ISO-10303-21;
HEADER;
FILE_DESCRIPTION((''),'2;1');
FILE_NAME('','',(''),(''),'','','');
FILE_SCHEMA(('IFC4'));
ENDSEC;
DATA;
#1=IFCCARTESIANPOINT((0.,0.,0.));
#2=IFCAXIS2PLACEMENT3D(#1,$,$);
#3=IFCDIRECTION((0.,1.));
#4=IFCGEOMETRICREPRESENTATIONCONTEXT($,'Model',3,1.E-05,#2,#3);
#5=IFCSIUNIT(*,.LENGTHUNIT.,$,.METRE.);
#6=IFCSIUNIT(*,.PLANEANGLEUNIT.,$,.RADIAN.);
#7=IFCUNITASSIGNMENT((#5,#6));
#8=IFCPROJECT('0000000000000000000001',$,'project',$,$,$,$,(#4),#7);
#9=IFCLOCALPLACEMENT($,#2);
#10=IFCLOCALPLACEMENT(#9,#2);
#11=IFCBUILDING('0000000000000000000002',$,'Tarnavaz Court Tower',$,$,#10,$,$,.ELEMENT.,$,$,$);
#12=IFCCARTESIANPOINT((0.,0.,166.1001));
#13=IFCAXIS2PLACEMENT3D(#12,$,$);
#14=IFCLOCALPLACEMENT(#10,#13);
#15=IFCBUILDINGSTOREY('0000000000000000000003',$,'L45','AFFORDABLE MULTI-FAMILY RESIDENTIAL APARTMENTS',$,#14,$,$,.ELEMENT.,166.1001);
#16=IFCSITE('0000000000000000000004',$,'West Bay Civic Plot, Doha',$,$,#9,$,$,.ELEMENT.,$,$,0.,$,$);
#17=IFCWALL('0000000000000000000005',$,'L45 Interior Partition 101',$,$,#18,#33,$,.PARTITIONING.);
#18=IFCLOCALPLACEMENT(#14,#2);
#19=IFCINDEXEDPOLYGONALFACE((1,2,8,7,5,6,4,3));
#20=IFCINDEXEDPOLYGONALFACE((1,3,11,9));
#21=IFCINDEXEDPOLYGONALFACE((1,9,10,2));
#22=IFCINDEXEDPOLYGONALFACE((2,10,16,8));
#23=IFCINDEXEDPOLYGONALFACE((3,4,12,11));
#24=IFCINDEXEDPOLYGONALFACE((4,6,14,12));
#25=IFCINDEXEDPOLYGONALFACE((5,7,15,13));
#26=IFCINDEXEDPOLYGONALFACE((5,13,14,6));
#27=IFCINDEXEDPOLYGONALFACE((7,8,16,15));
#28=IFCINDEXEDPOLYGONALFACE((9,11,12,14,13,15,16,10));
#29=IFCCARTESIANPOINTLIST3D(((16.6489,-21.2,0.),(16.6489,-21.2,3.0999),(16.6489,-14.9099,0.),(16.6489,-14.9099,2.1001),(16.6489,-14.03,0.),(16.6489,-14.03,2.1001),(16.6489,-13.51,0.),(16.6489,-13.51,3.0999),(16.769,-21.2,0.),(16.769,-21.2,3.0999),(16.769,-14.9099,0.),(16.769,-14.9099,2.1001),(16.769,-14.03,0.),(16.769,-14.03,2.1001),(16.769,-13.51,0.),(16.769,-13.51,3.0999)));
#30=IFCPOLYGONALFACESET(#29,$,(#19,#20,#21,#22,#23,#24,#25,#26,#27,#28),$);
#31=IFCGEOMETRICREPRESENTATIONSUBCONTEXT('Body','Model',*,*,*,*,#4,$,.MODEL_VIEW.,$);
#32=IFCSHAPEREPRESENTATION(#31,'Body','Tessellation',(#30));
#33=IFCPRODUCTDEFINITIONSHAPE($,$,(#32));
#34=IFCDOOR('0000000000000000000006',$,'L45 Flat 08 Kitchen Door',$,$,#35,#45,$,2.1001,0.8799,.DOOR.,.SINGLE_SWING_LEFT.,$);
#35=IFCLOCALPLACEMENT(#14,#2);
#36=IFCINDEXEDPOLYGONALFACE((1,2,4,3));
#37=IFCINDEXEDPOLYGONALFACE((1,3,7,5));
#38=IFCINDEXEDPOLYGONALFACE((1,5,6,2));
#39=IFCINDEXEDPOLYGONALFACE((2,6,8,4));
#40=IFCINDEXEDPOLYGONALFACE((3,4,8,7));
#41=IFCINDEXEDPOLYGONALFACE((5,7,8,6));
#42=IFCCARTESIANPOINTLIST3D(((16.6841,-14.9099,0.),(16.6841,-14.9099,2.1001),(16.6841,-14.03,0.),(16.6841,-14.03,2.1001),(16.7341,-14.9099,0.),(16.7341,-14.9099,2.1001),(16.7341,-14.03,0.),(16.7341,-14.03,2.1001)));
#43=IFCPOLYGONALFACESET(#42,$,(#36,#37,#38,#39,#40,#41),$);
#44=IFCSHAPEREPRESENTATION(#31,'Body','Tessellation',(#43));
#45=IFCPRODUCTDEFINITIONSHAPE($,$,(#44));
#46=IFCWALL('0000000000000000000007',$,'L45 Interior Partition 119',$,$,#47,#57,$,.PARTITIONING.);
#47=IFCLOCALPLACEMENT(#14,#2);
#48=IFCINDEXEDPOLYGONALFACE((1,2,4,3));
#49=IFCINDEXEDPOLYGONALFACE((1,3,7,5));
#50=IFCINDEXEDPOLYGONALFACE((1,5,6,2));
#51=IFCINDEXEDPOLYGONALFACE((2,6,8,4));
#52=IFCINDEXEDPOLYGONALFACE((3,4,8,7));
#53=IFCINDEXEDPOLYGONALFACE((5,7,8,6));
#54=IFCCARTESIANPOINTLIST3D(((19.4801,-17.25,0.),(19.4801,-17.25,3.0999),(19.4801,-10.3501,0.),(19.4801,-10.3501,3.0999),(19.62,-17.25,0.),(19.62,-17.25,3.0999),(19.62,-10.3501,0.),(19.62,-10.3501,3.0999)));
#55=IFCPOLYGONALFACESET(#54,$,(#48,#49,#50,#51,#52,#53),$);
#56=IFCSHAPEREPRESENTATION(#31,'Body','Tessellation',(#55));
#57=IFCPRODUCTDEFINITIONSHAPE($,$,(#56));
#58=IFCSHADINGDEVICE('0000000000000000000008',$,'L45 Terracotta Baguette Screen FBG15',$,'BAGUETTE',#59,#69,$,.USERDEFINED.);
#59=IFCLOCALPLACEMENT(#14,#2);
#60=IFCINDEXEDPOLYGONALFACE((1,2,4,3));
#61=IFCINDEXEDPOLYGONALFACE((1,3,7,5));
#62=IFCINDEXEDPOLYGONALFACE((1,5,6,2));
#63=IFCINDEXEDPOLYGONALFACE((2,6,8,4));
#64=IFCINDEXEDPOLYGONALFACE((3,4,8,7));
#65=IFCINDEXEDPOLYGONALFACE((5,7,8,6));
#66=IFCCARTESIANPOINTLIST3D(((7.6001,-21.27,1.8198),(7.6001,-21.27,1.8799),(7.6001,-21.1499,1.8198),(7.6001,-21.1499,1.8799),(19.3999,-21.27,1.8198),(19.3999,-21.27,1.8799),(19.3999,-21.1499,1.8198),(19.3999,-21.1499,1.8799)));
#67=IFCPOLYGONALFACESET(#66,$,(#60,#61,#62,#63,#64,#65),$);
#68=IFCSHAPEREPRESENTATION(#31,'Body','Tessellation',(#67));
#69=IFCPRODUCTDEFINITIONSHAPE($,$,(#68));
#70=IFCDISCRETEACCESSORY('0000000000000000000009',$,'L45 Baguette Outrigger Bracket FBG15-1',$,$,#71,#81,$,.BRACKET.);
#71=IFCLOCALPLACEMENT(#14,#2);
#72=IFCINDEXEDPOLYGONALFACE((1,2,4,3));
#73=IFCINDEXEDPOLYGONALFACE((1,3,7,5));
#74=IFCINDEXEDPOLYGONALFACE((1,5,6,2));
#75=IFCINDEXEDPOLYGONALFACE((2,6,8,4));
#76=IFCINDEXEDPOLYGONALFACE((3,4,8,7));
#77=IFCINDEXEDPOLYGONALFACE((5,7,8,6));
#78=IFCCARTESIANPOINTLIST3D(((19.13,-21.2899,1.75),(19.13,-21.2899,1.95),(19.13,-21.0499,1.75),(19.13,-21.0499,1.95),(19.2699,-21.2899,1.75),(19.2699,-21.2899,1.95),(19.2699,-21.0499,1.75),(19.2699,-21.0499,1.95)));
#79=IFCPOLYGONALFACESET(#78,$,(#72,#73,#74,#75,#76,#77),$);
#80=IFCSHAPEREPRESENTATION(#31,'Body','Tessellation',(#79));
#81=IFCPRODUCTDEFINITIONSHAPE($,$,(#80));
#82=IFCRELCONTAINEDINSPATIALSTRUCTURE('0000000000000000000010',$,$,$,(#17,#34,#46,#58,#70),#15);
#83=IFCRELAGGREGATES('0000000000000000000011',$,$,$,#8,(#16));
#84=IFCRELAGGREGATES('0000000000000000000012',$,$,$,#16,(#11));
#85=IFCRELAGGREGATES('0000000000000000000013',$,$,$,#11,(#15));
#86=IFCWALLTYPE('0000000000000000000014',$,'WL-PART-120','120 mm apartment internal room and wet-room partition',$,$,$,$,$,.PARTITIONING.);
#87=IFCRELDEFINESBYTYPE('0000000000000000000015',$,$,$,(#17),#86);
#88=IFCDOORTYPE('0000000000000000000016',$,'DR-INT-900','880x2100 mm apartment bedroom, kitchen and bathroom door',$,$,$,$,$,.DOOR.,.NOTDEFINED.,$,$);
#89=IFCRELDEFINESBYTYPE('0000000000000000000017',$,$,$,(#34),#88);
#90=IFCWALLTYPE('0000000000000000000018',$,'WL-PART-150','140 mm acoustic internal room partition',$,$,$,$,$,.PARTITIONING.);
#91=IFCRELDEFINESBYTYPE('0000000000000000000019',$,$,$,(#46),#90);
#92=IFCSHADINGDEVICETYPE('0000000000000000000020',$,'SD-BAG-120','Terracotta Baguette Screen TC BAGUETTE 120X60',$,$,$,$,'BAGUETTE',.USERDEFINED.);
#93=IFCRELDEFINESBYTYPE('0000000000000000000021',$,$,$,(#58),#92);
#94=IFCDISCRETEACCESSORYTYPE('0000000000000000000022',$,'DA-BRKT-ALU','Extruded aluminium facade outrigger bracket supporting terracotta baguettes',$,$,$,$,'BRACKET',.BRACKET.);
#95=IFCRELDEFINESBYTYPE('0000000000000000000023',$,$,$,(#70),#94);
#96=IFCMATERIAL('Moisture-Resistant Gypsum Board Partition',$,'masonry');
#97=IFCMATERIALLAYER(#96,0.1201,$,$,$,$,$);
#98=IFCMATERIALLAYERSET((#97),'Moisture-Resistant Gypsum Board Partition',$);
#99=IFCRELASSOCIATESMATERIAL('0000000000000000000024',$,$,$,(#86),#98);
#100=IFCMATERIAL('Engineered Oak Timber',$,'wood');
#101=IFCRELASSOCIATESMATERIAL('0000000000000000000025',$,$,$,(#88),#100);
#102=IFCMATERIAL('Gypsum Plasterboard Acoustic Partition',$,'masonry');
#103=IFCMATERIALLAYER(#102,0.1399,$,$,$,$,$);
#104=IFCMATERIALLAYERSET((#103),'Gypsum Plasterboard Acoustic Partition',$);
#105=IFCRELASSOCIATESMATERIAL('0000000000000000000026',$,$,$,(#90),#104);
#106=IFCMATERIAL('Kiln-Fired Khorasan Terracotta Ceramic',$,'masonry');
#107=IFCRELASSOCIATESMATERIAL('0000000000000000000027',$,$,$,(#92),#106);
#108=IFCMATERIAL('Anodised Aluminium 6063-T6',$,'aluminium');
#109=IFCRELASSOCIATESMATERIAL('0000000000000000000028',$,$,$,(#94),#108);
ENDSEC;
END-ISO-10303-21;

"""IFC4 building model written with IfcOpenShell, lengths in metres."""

from ifc_helpers import new_model, si_unit, direction, frame, frame_2d, origin, origin_2d, place, context, subcontext, project, spatial, rectangle, extrude, material, layer, layer_set, material_profile, profile_set, type_object, element, fill, save


model = new_model("IFC4")

# Units and contexts
model_context = context("Model", 3, precision=1e-05, world=origin(), true_north=direction((0.0, 1.0)))
body_context = subcontext(model_context, "Body", "Model", "MODEL_VIEW")
ifc_project = project(units=[si_unit("LENGTHUNIT", "METRE"), si_unit("PLANEANGLEUNIT", "RADIAN")], contexts=[model_context])

# Site, building, storey
site_placement = place(None, origin())
site = spatial("IfcSite", under=ifc_project, at=site_placement, Name="West Bay Civic Plot, Doha", CompositionType="ELEMENT", RefElevation=0.0)
building_placement = place(site_placement, origin())
building = spatial("IfcBuilding", under=site, at=building_placement, Name="Tarnavaz Court Tower", CompositionType="ELEMENT")
storey_placement = place(building_placement, frame((0.0, 0.0, 166.1001)))
storey = spatial("IfcBuildingStorey", under=building, at=storey_placement, Name="L45", Description="AFFORDABLE MULTI-FAMILY RESIDENTIAL APARTMENTS", CompositionType="ELEMENT", Elevation=166.1001)

# Wall, opening, door
ifc_material_1 = material(Name="Moisture-Resistant Gypsum Board Partition", Category="masonry")
ifc_layer_1 = layer(ifc_material_1, 0.1201)
ifc_layer_set_1 = layer_set([ifc_layer_1], Name="Moisture-Resistant Gypsum Board Partition")
wall_type_1 = type_object("IfcWallType", Name="WL-PART-120", Description="120 mm apartment internal room and wet-room partition", PredefinedType="PARTITIONING", material=ifc_layer_set_1)
ifc_material_2 = material(Name="Engineered Oak Timber", Category="wood")
door_type = type_object("IfcDoorType", Name="DR-INT-900", Description="880x2100 mm apartment bedroom, kitchen and bathroom door", OperationType="NOTDEFINED", PredefinedType="DOOR", material=ifc_material_2)
wall_1_placement = place(storey_placement, frame((16.709, -21.2, 0.0), z_axis=(0.0, 0.0, 1.0), x_axis=(0.0, 1.0, 0.0)))
wall_1 = element("IfcWall", 1, at=wall_1_placement, inside=storey, type_object=wall_type_1, Name="L45 Interior Partition 101", PredefinedType="PARTITIONING", context=body_context, shape_type="SweptSolid", body=[
    extrude(rectangle(XDim=7.6899, YDim=0.1201, at=frame_2d((3.845, 0.0))), origin(), (0.0, 0.0, 1.0), 3.0999),
])
opening_1_placement = place(wall_1_placement, frame((6.29, 0.0, 0.0)))
opening_1 = element("IfcOpeningElement", 2, at=opening_1_placement, cuts=wall_1, PredefinedType="OPENING", context=body_context, shape_type="SweptSolid", body=[
    extrude(rectangle(XDim=0.8799, YDim=2.1001, at=frame_2d((0.4399, 1.05))), frame((0.0, 0.0701, 0.0), z_axis=(0.0, -1.0, 0.0), x_axis=(1.0, 0.0, 0.0)), (0.0, 0.0, 1.0), 0.1401),
])
door_1_placement = place(opening_1_placement, origin())
door_1 = element("IfcDoor", 3, at=door_1_placement, inside=storey, type_object=door_type, Name="L45 Flat 08 Kitchen Door", OperationType="SINGLE_SWING_LEFT", OverallHeight=2.1001, OverallWidth=0.8799, PredefinedType="DOOR", context=body_context, shape_type="SweptSolid", body=[
    extrude(rectangle(XDim=0.8799, YDim=2.1001, at=frame_2d((0.4399, 1.05))), frame((0.0, 0.0249, 0.0), z_axis=(0.0, -1.0, 0.0), x_axis=(1.0, 0.0, 0.0)), (0.0, 0.0, 1.0), 0.05),
])
fill(opening_1, door_1)

# Wall
ifc_material_3 = material(Name="Gypsum Plasterboard Acoustic Partition", Category="masonry")
ifc_layer_2 = layer(ifc_material_3, 0.1399)
ifc_layer_set_2 = layer_set([ifc_layer_2], Name="Gypsum Plasterboard Acoustic Partition")
wall_type_2 = type_object("IfcWallType", Name="WL-PART-150", Description="140 mm acoustic internal room partition", PredefinedType="PARTITIONING", material=ifc_layer_set_2)
wall_2_placement = place(storey_placement, frame((19.55, -17.25, 0.0), z_axis=(0.0, 0.0, 1.0), x_axis=(0.0, 1.0, 0.0)))
element("IfcWall", 4, at=wall_2_placement, inside=storey, type_object=wall_type_2, Name="L45 Interior Partition 119", PredefinedType="PARTITIONING", context=body_context, shape_type="SweptSolid", body=[
    extrude(rectangle(XDim=6.8999, YDim=0.1399, at=frame_2d((3.45, 0.0))), origin(), (0.0, 0.0, 1.0), 3.0999),
])

# Shading device
ifc_material_4 = material(Name="Kiln-Fired Khorasan Terracotta Ceramic", Category="masonry")
ifc_material_profile_1 = material_profile(ifc_material_4, rectangle(XDim=0.1201, YDim=0.0601, at=origin_2d()), Name="TC BAGUETTE 120X60")
ifc_profile_set_1 = profile_set([ifc_material_profile_1], Name="Kiln-Fired Khorasan Terracotta Ceramic")
shading_device_type = type_object("IfcShadingDeviceType", Name="SD-BAG-120", Description="Terracotta Baguette Screen TC BAGUETTE 120X60", ElementType="BAGUETTE", PredefinedType="USERDEFINED", material=ifc_profile_set_1)
shading_device_placement = place(storey_placement, frame((19.3999, -21.21, 1.8499), z_axis=(-1.0, 0.0, 0.0), x_axis=(0.0, -1.0, 0.0)))
element("IfcShadingDevice", 5, at=shading_device_placement, inside=storey, type_object=shading_device_type, Name="L45 Terracotta Baguette Screen FBG15", ObjectType="BAGUETTE", PredefinedType="USERDEFINED", context=body_context, shape_type="SweptSolid", body=[
    extrude(rectangle(XDim=0.1201, YDim=0.0601, at=origin_2d()), origin(), (0.0, 0.0, 1.0), 11.7998),
])

# Discrete accessory
ifc_material_5 = material(Name="Anodised Aluminium 6063-T6", Category="aluminium")
discrete_accessory_type = type_object("IfcDiscreteAccessoryType", Name="DA-BRKT-ALU", Description="Extruded aluminium facade outrigger bracket supporting terracotta baguettes", ElementType="BRACKET", PredefinedType="BRACKET", material=ifc_material_5)
discrete_accessory_placement = place(storey_placement, frame((19.2, -21.1699, 1.75), z_axis=(0.0, 0.0, 1.0), x_axis=(-1.0, 0.0, 0.0)))
element("IfcDiscreteAccessory", 6, at=discrete_accessory_placement, inside=storey, type_object=discrete_accessory_type, Name="L45 Baguette Outrigger Bracket FBG15-1", PredefinedType="BRACKET", context=body_context, shape_type="SweptSolid", body=[
    extrude(rectangle(XDim=0.1399, YDim=0.24, at=origin_2d()), origin(), (0.0, 0.0, 1.0), 0.2),
])

save(model, "model.ifc")
